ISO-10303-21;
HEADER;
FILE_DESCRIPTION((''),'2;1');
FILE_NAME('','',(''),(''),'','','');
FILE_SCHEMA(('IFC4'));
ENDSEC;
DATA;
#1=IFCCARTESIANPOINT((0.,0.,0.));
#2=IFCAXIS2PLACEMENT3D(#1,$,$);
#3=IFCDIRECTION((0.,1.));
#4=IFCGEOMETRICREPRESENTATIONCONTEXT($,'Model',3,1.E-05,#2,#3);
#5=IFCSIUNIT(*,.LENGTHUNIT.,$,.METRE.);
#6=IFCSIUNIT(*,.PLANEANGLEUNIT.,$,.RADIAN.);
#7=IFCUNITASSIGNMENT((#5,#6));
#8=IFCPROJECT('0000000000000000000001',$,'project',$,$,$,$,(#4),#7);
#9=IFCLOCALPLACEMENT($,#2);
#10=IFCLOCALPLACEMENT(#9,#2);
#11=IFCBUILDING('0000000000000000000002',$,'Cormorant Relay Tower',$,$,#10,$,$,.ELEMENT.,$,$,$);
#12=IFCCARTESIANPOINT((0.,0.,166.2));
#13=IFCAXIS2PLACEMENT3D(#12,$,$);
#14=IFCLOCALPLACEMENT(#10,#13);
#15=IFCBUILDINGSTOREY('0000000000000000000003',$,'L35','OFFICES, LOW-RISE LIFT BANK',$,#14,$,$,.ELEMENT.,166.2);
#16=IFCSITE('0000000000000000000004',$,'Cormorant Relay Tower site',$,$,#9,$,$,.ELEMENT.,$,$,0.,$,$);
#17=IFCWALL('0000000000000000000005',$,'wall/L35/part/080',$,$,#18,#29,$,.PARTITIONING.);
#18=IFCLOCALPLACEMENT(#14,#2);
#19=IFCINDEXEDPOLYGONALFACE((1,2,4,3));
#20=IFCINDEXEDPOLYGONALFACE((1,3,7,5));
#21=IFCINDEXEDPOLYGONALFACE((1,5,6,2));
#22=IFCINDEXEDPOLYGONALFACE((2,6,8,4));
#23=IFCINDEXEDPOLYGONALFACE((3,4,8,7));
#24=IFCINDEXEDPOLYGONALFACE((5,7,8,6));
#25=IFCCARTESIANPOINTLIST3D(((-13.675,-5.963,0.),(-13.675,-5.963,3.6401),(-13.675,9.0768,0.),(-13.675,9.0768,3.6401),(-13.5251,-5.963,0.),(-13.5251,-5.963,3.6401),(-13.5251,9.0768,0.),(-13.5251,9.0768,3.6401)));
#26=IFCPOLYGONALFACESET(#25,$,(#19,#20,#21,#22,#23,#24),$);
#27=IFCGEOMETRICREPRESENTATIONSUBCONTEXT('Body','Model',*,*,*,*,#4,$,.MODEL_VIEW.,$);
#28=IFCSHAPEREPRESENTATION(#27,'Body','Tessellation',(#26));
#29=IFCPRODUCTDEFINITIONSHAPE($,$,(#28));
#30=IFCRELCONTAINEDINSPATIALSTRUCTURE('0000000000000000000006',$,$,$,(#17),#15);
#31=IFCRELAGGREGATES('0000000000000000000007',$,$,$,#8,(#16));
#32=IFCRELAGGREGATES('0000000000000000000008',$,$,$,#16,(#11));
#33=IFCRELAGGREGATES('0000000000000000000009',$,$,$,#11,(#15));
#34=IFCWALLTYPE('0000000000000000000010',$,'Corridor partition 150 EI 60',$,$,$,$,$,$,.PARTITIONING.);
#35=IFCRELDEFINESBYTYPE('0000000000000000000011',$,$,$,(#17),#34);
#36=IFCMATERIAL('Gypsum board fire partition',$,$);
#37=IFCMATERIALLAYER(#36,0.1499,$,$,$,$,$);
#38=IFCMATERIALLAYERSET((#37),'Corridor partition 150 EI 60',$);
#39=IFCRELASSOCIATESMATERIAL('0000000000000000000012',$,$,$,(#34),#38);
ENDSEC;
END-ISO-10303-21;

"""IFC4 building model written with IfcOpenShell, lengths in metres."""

from ifc_helpers import new_model, si_unit, direction, frame, frame_2d, origin, place, context, subcontext, project, spatial, rectangle, extrude, material, layer, layer_set, type_object, element, save


model = new_model("IFC4")

# Units and contexts
model_context = context("Model", 3, precision=1e-05, world=origin(), true_north=direction((0.0, 1.0)))
body_context = subcontext(model_context, "Body", "Model", "MODEL_VIEW")
ifc_project = project(units=[si_unit("LENGTHUNIT", "METRE"), si_unit("PLANEANGLEUNIT", "RADIAN")], contexts=[model_context])

# Site, building, storey
site_placement = place(None, origin())
site = spatial("IfcSite", under=ifc_project, at=site_placement, Name="Cormorant Relay Tower site", CompositionType="ELEMENT", RefElevation=0.0)
building_placement = place(site_placement, origin())
building = spatial("IfcBuilding", under=site, at=building_placement, Name="Cormorant Relay Tower", CompositionType="ELEMENT")
storey_placement = place(building_placement, frame((0.0, 0.0, 166.2)))
storey = spatial("IfcBuildingStorey", under=building, at=storey_placement, Name="L35", Description="OFFICES, LOW-RISE LIFT BANK", CompositionType="ELEMENT", Elevation=166.2)

# Wall
ifc_material_1 = material(Name="Gypsum board fire partition")
ifc_layer_1 = layer(ifc_material_1, 0.1499)
ifc_layer_set_1 = layer_set([ifc_layer_1], Name="Corridor partition 150 EI 60")
wall_type_1 = type_object("IfcWallType", Name="Corridor partition 150 EI 60", PredefinedType="PARTITIONING", material=ifc_layer_set_1)
wall_1_placement = place(storey_placement, frame((-13.6001, 9.0769, 0.0), z_axis=(0.0, 0.0, 1.0), x_axis=(0.0, -1.0, 0.0)))
element("IfcWall", 1, at=wall_1_placement, inside=storey, type_object=wall_type_1, Name="wall/L35/part/080", PredefinedType="PARTITIONING", context=body_context, shape_type="SweptSolid", body=[
    extrude(rectangle(XDim=15.0398, YDim=0.1499, at=frame_2d((7.52, 0.0))), origin(), (0.0, 0.0, 1.0), 3.6401),
])

save(model, "model.ifc")
